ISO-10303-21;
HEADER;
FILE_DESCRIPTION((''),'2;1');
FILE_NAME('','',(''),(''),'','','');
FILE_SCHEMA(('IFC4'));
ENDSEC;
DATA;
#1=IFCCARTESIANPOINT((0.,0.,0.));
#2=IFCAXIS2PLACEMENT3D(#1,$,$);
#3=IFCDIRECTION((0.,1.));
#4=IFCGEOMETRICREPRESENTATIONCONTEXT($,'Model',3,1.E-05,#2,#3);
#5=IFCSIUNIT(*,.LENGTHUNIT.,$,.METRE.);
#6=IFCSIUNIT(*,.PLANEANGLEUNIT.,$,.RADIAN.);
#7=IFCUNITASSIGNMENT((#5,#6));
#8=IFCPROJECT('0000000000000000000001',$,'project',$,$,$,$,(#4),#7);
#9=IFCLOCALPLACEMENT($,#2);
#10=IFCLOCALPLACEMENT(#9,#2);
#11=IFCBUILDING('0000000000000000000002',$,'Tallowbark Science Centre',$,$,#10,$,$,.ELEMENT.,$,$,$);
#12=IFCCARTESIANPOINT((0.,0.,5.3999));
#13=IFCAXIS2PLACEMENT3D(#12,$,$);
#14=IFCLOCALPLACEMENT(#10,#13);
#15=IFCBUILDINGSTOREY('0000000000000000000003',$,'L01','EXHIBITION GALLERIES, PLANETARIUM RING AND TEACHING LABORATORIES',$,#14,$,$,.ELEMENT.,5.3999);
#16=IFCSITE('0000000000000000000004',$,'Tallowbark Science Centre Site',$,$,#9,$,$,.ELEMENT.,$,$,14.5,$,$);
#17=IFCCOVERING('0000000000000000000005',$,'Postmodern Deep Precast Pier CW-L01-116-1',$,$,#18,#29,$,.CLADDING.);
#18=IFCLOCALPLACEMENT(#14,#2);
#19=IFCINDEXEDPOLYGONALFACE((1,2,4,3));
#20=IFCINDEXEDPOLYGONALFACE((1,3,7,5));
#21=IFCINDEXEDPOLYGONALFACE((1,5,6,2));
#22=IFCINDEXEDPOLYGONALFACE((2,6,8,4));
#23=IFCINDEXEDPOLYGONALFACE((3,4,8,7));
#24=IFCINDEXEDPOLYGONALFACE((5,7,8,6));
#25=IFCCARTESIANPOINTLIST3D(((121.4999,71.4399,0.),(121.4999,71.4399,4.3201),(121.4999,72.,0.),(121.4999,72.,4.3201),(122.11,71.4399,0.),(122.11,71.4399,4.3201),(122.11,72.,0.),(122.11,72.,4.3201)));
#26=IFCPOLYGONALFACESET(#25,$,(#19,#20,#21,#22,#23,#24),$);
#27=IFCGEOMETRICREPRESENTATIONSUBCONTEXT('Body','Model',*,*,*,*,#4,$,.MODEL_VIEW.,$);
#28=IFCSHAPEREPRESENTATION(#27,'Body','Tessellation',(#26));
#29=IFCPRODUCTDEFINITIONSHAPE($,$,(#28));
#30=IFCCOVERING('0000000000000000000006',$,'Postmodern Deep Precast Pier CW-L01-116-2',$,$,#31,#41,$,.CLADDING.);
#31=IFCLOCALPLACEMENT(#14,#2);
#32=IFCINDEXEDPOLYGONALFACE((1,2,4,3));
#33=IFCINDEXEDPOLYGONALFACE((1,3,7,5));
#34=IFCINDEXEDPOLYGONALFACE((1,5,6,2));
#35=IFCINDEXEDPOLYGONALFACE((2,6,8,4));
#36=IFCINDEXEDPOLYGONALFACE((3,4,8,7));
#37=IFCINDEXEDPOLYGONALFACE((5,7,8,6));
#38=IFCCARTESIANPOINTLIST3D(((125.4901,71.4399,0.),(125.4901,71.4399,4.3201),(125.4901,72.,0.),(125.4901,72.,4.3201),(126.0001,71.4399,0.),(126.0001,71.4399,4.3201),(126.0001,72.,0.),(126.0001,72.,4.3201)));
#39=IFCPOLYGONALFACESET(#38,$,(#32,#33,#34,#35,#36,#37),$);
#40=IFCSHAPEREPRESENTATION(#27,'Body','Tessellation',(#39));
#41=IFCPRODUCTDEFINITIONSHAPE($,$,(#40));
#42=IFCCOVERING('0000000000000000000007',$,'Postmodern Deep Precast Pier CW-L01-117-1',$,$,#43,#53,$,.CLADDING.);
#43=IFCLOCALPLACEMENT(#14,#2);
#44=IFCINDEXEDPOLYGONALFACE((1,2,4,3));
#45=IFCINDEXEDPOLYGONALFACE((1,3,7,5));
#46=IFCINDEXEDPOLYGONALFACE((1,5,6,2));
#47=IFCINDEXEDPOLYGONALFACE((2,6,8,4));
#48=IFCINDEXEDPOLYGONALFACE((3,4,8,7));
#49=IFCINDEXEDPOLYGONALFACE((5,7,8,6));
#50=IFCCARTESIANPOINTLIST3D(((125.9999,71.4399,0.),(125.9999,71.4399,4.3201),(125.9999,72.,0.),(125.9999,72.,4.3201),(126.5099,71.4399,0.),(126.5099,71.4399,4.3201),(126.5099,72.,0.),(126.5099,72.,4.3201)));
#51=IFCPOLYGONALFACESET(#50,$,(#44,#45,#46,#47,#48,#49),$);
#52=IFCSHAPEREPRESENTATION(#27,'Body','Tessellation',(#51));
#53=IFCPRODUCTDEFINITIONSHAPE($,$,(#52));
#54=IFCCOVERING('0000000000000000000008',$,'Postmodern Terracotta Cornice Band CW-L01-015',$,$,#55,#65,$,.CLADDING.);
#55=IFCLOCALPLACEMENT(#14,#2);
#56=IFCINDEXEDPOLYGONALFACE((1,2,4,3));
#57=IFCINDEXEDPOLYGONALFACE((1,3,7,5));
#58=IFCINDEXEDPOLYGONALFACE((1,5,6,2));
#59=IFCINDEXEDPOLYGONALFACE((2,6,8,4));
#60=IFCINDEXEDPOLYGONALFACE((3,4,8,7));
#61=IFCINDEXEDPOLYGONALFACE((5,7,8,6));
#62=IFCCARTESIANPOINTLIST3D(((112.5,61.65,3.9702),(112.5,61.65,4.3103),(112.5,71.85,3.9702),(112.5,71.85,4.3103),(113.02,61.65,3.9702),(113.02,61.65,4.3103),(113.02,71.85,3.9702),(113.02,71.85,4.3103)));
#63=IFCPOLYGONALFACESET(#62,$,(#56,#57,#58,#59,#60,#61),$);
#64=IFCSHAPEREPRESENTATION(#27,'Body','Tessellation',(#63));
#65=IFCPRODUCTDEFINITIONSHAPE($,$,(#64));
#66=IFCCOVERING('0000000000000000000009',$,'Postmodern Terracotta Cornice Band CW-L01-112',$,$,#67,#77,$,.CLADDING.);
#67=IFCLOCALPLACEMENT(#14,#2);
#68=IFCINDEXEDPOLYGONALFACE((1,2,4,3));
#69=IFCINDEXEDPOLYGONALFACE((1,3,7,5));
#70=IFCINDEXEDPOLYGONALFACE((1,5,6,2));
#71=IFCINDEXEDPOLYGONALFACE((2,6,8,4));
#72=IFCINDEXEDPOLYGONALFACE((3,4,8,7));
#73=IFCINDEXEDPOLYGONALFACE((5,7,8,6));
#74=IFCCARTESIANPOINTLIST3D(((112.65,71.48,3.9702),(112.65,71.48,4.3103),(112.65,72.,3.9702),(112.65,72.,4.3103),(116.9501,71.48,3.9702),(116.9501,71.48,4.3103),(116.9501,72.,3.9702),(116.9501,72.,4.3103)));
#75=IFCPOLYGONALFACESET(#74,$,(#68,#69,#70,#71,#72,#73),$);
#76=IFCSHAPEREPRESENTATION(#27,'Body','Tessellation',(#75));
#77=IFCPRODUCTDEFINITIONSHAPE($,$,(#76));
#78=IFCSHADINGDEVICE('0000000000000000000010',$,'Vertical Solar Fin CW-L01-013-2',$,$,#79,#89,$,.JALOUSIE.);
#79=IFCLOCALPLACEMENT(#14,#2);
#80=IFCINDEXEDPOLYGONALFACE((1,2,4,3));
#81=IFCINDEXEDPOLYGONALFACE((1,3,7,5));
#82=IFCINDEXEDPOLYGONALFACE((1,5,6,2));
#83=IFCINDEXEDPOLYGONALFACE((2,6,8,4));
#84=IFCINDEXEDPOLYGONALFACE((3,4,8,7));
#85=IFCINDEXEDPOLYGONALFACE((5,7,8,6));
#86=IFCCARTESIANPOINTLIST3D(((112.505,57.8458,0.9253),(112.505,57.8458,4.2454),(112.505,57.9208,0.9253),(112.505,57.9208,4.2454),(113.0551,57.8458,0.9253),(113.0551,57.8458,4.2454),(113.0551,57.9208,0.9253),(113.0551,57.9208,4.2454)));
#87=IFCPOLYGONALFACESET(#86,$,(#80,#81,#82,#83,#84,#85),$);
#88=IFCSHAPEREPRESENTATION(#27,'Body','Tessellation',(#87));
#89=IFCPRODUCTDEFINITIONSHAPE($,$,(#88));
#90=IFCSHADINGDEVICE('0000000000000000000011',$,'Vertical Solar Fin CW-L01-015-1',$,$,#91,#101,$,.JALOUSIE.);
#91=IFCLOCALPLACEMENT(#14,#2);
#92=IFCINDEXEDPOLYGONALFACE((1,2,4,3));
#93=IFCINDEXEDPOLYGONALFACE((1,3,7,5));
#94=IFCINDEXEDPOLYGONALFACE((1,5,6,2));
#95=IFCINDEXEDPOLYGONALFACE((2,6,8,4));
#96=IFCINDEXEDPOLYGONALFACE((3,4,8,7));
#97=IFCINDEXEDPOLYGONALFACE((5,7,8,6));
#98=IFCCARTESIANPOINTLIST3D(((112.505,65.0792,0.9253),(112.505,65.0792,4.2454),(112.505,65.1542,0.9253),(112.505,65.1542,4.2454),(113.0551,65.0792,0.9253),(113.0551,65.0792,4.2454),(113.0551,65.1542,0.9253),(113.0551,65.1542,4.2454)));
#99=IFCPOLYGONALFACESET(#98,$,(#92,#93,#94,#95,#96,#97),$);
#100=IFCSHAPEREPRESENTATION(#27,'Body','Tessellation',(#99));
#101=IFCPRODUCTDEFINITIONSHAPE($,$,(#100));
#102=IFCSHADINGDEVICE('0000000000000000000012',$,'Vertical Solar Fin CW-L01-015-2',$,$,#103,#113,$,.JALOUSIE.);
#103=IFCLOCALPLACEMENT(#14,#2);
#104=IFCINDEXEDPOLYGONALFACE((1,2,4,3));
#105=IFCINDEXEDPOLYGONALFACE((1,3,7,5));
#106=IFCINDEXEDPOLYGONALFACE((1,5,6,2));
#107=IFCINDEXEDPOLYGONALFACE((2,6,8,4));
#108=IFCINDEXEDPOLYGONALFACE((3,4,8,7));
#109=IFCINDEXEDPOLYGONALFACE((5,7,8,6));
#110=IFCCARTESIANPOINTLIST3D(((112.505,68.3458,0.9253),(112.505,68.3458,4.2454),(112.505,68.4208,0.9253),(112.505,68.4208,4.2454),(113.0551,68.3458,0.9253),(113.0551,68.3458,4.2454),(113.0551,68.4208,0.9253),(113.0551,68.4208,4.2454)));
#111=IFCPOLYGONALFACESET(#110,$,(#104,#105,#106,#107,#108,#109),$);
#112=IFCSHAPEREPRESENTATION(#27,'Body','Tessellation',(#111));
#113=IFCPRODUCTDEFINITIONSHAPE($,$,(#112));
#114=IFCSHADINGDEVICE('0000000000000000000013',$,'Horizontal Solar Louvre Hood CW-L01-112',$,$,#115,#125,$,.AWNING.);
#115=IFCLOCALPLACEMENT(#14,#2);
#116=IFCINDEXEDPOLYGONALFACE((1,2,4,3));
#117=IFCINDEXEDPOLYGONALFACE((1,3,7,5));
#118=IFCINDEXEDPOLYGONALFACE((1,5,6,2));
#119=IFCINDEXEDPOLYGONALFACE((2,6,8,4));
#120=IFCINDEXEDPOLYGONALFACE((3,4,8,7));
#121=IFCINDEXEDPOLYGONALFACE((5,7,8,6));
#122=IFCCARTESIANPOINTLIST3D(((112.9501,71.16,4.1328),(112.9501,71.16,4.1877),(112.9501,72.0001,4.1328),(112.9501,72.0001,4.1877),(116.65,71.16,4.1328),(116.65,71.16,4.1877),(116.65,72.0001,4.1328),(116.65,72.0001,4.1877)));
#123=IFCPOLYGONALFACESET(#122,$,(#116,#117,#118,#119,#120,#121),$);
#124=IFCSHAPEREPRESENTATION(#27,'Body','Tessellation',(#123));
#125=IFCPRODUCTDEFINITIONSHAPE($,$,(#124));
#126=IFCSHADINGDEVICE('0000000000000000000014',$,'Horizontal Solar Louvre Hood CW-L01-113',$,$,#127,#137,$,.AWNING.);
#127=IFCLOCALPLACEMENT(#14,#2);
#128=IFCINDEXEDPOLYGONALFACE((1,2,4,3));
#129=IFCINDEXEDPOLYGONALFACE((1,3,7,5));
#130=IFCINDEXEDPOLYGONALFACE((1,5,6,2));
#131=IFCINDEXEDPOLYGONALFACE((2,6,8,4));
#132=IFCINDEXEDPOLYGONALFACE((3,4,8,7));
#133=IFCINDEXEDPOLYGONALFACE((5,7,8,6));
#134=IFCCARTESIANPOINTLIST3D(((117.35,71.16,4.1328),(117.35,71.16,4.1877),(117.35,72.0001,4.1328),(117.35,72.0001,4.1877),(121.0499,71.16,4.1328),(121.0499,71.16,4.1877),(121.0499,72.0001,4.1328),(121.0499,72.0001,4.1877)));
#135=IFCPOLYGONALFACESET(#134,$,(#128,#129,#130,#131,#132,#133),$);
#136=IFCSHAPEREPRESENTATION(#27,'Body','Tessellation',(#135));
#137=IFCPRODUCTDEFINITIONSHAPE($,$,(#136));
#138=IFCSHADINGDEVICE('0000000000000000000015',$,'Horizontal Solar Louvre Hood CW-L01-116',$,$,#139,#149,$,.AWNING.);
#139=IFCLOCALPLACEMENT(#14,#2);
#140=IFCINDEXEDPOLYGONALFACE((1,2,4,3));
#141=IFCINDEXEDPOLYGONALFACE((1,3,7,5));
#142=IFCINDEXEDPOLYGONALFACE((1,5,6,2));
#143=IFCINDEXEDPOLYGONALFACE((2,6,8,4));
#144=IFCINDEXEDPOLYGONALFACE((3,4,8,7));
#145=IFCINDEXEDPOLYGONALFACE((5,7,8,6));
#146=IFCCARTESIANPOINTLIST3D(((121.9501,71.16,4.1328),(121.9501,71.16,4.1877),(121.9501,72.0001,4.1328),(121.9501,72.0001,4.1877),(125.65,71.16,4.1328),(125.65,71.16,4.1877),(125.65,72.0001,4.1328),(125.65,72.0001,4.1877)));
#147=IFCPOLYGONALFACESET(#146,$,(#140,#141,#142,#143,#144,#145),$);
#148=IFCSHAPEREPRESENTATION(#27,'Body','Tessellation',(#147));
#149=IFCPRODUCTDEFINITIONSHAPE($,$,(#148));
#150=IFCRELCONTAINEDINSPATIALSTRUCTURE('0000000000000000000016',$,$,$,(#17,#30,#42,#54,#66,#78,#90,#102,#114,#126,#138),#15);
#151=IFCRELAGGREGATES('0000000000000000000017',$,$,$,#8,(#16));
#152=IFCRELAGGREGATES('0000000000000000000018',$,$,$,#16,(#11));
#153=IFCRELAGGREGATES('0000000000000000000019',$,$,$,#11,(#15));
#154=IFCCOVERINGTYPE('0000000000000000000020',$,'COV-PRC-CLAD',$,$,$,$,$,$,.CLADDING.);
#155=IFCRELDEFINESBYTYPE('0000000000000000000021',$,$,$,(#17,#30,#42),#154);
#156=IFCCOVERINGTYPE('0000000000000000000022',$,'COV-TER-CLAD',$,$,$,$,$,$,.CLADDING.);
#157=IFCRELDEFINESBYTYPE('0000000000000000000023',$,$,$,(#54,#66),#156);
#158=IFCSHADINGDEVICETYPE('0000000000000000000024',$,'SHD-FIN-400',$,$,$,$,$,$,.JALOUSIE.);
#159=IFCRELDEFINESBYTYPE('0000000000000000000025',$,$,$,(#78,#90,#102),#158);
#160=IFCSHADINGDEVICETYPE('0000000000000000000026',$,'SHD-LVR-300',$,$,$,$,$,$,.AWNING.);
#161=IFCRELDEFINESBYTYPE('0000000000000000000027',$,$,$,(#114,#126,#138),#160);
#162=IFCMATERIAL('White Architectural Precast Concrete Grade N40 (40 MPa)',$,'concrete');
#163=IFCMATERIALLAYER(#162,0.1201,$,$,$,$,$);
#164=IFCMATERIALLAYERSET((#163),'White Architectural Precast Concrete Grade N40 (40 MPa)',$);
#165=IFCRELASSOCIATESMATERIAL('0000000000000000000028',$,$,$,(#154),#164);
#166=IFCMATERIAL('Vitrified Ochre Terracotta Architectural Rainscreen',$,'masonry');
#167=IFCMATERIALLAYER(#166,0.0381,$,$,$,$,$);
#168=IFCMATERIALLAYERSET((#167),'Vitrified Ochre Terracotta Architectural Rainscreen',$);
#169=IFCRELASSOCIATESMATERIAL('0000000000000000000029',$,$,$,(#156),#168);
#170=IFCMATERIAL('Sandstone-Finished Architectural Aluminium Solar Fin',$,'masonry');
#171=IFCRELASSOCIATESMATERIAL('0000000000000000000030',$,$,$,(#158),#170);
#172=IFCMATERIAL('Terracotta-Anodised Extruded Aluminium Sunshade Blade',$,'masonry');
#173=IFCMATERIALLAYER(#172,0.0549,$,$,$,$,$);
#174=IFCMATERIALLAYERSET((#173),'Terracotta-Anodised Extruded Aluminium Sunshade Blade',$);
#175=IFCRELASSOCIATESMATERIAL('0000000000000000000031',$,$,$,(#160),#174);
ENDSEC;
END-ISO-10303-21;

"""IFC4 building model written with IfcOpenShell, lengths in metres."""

from ifc_helpers import new_model, si_unit, direction, frame, origin, origin_2d, place, context, subcontext, project, spatial, rectangle, extrude, material, layer, layer_set, type_object, element, save


model = new_model("IFC4")

# Units and contexts
model_context = context("Model", 3, precision=1e-05, world=origin(), true_north=direction((0.0, 1.0)))
body_context = subcontext(model_context, "Body", "Model", "MODEL_VIEW")
ifc_project = project(units=[si_unit("LENGTHUNIT", "METRE"), si_unit("PLANEANGLEUNIT", "RADIAN")], contexts=[model_context])

# Site, building, storey
site_placement = place(None, origin())
site = spatial("IfcSite", under=ifc_project, at=site_placement, Name="Tallowbark Science Centre Site", CompositionType="ELEMENT", RefElevation=14.5)
building_placement = place(site_placement, origin())
building = spatial("IfcBuilding", under=site, at=building_placement, Name="Tallowbark Science Centre", CompositionType="ELEMENT")
storey_placement = place(building_placement, frame((0.0, 0.0, 5.3999)))
storey = spatial("IfcBuildingStorey", under=building, at=storey_placement, Name="L01", Description="EXHIBITION GALLERIES, PLANETARIUM RING AND TEACHING LABORATORIES", CompositionType="ELEMENT", Elevation=5.3999)

# Coverings
ifc_material_1 = material(Name="White Architectural Precast Concrete Grade N40 (40 MPa)", Category="concrete")
ifc_layer_1 = layer(ifc_material_1, 0.1201)
ifc_layer_set_1 = layer_set([ifc_layer_1], Name="White Architectural Precast Concrete Grade N40 (40 MPa)")
covering_type_1 = type_object("IfcCoveringType", Name="COV-PRC-CLAD", PredefinedType="CLADDING", material=ifc_layer_set_1)
for number, where, z_axis, x_axis, name in (
    (1, (121.8049, 71.72, 0.0), (0.0, 0.0, 1.0), (1.0, 0.0, 0.0), "Postmodern Deep Precast Pier CW-L01-116-1"),
):
    element("IfcCovering", number, at=place(storey_placement, frame(where, z_axis=z_axis, x_axis=x_axis)), inside=storey, type_object=covering_type_1, Name=name, PredefinedType="CLADDING", context=body_context, shape_type="SweptSolid", body=[
        extrude(rectangle(XDim=0.6101, YDim=0.5601, at=origin_2d()), origin(), (0.0, 0.0, 1.0), 4.3201),
    ])
for number, where, z_axis, x_axis, name in (
    (2, (125.7451, 71.72, 0.0), (0.0, 0.0, 1.0), (1.0, 0.0, 0.0), "Postmodern Deep Precast Pier CW-L01-116-2"),
    (3, (126.2549, 71.72, 0.0), (0.0, 0.0, 1.0), (1.0, 0.0, 0.0), "Postmodern Deep Precast Pier CW-L01-117-1"),
):
    element("IfcCovering", number, at=place(storey_placement, frame(where, z_axis=z_axis, x_axis=x_axis)), inside=storey, type_object=covering_type_1, Name=name, PredefinedType="CLADDING", context=body_context, shape_type="SweptSolid", body=[
        extrude(rectangle(XDim=0.51, YDim=0.5601, at=origin_2d()), origin(), (0.0, 0.0, 1.0), 4.3201),
    ])
ifc_material_2 = material(Name="Vitrified Ochre Terracotta Architectural Rainscreen", Category="masonry")
ifc_layer_2 = layer(ifc_material_2, 0.0381)
ifc_layer_set_2 = layer_set([ifc_layer_2], Name="Vitrified Ochre Terracotta Architectural Rainscreen")
covering_type_2 = type_object("IfcCoveringType", Name="COV-TER-CLAD", PredefinedType="CLADDING", material=ifc_layer_set_2)
covering_1_placement = place(storey_placement, frame((112.76, 66.75, 3.9702), z_axis=(0.0, 0.0, 1.0), x_axis=(0.0, 1.0, 0.0)))
element("IfcCovering", 4, at=covering_1_placement, inside=storey, type_object=covering_type_2, Name="Postmodern Terracotta Cornice Band CW-L01-015", PredefinedType="CLADDING", context=body_context, shape_type="SweptSolid", body=[
    extrude(rectangle(XDim=10.2, YDim=0.52, at=origin_2d()), origin(), (0.0, 0.0, 1.0), 0.3401),
])
covering_2_placement = place(storey_placement, frame((114.8, 71.74, 3.9702), z_axis=(0.0, 0.0, 1.0), x_axis=(1.0, 0.0, 0.0)))
element("IfcCovering", 5, at=covering_2_placement, inside=storey, type_object=covering_type_2, Name="Postmodern Terracotta Cornice Band CW-L01-112", PredefinedType="CLADDING", context=body_context, shape_type="SweptSolid", body=[
    extrude(rectangle(XDim=4.3, YDim=0.52, at=origin_2d()), origin(), (0.0, 0.0, 1.0), 0.3401),
])

# Shading devices
ifc_material_3 = material(Name="Sandstone-Finished Architectural Aluminium Solar Fin", Category="masonry")
shading_device_type_1 = type_object("IfcShadingDeviceType", Name="SHD-FIN-400", PredefinedType="JALOUSIE", material=ifc_material_3)
for number, where, z_axis, x_axis, name in (
    (6, (112.78, 57.8833, 0.9253), (0.0, 0.0, 1.0), (0.0, 1.0, 0.0), "Vertical Solar Fin CW-L01-013-2"),
    (7, (112.78, 65.1167, 0.9253), (0.0, 0.0, 1.0), (0.0, 1.0, 0.0), "Vertical Solar Fin CW-L01-015-1"),
    (8, (112.78, 68.3833, 0.9253), (0.0, 0.0, 1.0), (0.0, 1.0, 0.0), "Vertical Solar Fin CW-L01-015-2"),
):
    element("IfcShadingDevice", number, at=place(storey_placement, frame(where, z_axis=z_axis, x_axis=x_axis)), inside=storey, type_object=shading_device_type_1, Name=name, PredefinedType="JALOUSIE", context=body_context, shape_type="SweptSolid", body=[
        extrude(rectangle(XDim=0.075, YDim=0.55, at=origin_2d()), origin(), (0.0, 0.0, 1.0), 3.3201),
    ])
ifc_material_4 = material(Name="Terracotta-Anodised Extruded Aluminium Sunshade Blade", Category="masonry")
ifc_layer_3 = layer(ifc_material_4, 0.0549)
ifc_layer_set_3 = layer_set([ifc_layer_3], Name="Terracotta-Anodised Extruded Aluminium Sunshade Blade")
shading_device_type_2 = type_object("IfcShadingDeviceType", Name="SHD-LVR-300", PredefinedType="AWNING", material=ifc_layer_set_3)
for number, where, z_axis, x_axis, name in (
    (9, (114.8, 71.5801, 4.1328), (0.0, 0.0, 1.0), (1.0, 0.0, 0.0), "Horizontal Solar Louvre Hood CW-L01-112"),
    (10, (119.2, 71.5801, 4.1328), (0.0, 0.0, 1.0), (1.0, 0.0, 0.0), "Horizontal Solar Louvre Hood CW-L01-113"),
    (11, (123.8, 71.5801, 4.1328), (0.0, 0.0, 1.0), (1.0, 0.0, 0.0), "Horizontal Solar Louvre Hood CW-L01-116"),
):
    element("IfcShadingDevice", number, at=place(storey_placement, frame(where, z_axis=z_axis, x_axis=x_axis)), inside=storey, type_object=shading_device_type_2, Name=name, PredefinedType="AWNING", context=body_context, shape_type="SweptSolid", body=[
        extrude(rectangle(XDim=3.7, YDim=0.8401, at=origin_2d()), origin(), (0.0, 0.0, 1.0), 0.0549),
    ])

save(model, "model.ifc")
